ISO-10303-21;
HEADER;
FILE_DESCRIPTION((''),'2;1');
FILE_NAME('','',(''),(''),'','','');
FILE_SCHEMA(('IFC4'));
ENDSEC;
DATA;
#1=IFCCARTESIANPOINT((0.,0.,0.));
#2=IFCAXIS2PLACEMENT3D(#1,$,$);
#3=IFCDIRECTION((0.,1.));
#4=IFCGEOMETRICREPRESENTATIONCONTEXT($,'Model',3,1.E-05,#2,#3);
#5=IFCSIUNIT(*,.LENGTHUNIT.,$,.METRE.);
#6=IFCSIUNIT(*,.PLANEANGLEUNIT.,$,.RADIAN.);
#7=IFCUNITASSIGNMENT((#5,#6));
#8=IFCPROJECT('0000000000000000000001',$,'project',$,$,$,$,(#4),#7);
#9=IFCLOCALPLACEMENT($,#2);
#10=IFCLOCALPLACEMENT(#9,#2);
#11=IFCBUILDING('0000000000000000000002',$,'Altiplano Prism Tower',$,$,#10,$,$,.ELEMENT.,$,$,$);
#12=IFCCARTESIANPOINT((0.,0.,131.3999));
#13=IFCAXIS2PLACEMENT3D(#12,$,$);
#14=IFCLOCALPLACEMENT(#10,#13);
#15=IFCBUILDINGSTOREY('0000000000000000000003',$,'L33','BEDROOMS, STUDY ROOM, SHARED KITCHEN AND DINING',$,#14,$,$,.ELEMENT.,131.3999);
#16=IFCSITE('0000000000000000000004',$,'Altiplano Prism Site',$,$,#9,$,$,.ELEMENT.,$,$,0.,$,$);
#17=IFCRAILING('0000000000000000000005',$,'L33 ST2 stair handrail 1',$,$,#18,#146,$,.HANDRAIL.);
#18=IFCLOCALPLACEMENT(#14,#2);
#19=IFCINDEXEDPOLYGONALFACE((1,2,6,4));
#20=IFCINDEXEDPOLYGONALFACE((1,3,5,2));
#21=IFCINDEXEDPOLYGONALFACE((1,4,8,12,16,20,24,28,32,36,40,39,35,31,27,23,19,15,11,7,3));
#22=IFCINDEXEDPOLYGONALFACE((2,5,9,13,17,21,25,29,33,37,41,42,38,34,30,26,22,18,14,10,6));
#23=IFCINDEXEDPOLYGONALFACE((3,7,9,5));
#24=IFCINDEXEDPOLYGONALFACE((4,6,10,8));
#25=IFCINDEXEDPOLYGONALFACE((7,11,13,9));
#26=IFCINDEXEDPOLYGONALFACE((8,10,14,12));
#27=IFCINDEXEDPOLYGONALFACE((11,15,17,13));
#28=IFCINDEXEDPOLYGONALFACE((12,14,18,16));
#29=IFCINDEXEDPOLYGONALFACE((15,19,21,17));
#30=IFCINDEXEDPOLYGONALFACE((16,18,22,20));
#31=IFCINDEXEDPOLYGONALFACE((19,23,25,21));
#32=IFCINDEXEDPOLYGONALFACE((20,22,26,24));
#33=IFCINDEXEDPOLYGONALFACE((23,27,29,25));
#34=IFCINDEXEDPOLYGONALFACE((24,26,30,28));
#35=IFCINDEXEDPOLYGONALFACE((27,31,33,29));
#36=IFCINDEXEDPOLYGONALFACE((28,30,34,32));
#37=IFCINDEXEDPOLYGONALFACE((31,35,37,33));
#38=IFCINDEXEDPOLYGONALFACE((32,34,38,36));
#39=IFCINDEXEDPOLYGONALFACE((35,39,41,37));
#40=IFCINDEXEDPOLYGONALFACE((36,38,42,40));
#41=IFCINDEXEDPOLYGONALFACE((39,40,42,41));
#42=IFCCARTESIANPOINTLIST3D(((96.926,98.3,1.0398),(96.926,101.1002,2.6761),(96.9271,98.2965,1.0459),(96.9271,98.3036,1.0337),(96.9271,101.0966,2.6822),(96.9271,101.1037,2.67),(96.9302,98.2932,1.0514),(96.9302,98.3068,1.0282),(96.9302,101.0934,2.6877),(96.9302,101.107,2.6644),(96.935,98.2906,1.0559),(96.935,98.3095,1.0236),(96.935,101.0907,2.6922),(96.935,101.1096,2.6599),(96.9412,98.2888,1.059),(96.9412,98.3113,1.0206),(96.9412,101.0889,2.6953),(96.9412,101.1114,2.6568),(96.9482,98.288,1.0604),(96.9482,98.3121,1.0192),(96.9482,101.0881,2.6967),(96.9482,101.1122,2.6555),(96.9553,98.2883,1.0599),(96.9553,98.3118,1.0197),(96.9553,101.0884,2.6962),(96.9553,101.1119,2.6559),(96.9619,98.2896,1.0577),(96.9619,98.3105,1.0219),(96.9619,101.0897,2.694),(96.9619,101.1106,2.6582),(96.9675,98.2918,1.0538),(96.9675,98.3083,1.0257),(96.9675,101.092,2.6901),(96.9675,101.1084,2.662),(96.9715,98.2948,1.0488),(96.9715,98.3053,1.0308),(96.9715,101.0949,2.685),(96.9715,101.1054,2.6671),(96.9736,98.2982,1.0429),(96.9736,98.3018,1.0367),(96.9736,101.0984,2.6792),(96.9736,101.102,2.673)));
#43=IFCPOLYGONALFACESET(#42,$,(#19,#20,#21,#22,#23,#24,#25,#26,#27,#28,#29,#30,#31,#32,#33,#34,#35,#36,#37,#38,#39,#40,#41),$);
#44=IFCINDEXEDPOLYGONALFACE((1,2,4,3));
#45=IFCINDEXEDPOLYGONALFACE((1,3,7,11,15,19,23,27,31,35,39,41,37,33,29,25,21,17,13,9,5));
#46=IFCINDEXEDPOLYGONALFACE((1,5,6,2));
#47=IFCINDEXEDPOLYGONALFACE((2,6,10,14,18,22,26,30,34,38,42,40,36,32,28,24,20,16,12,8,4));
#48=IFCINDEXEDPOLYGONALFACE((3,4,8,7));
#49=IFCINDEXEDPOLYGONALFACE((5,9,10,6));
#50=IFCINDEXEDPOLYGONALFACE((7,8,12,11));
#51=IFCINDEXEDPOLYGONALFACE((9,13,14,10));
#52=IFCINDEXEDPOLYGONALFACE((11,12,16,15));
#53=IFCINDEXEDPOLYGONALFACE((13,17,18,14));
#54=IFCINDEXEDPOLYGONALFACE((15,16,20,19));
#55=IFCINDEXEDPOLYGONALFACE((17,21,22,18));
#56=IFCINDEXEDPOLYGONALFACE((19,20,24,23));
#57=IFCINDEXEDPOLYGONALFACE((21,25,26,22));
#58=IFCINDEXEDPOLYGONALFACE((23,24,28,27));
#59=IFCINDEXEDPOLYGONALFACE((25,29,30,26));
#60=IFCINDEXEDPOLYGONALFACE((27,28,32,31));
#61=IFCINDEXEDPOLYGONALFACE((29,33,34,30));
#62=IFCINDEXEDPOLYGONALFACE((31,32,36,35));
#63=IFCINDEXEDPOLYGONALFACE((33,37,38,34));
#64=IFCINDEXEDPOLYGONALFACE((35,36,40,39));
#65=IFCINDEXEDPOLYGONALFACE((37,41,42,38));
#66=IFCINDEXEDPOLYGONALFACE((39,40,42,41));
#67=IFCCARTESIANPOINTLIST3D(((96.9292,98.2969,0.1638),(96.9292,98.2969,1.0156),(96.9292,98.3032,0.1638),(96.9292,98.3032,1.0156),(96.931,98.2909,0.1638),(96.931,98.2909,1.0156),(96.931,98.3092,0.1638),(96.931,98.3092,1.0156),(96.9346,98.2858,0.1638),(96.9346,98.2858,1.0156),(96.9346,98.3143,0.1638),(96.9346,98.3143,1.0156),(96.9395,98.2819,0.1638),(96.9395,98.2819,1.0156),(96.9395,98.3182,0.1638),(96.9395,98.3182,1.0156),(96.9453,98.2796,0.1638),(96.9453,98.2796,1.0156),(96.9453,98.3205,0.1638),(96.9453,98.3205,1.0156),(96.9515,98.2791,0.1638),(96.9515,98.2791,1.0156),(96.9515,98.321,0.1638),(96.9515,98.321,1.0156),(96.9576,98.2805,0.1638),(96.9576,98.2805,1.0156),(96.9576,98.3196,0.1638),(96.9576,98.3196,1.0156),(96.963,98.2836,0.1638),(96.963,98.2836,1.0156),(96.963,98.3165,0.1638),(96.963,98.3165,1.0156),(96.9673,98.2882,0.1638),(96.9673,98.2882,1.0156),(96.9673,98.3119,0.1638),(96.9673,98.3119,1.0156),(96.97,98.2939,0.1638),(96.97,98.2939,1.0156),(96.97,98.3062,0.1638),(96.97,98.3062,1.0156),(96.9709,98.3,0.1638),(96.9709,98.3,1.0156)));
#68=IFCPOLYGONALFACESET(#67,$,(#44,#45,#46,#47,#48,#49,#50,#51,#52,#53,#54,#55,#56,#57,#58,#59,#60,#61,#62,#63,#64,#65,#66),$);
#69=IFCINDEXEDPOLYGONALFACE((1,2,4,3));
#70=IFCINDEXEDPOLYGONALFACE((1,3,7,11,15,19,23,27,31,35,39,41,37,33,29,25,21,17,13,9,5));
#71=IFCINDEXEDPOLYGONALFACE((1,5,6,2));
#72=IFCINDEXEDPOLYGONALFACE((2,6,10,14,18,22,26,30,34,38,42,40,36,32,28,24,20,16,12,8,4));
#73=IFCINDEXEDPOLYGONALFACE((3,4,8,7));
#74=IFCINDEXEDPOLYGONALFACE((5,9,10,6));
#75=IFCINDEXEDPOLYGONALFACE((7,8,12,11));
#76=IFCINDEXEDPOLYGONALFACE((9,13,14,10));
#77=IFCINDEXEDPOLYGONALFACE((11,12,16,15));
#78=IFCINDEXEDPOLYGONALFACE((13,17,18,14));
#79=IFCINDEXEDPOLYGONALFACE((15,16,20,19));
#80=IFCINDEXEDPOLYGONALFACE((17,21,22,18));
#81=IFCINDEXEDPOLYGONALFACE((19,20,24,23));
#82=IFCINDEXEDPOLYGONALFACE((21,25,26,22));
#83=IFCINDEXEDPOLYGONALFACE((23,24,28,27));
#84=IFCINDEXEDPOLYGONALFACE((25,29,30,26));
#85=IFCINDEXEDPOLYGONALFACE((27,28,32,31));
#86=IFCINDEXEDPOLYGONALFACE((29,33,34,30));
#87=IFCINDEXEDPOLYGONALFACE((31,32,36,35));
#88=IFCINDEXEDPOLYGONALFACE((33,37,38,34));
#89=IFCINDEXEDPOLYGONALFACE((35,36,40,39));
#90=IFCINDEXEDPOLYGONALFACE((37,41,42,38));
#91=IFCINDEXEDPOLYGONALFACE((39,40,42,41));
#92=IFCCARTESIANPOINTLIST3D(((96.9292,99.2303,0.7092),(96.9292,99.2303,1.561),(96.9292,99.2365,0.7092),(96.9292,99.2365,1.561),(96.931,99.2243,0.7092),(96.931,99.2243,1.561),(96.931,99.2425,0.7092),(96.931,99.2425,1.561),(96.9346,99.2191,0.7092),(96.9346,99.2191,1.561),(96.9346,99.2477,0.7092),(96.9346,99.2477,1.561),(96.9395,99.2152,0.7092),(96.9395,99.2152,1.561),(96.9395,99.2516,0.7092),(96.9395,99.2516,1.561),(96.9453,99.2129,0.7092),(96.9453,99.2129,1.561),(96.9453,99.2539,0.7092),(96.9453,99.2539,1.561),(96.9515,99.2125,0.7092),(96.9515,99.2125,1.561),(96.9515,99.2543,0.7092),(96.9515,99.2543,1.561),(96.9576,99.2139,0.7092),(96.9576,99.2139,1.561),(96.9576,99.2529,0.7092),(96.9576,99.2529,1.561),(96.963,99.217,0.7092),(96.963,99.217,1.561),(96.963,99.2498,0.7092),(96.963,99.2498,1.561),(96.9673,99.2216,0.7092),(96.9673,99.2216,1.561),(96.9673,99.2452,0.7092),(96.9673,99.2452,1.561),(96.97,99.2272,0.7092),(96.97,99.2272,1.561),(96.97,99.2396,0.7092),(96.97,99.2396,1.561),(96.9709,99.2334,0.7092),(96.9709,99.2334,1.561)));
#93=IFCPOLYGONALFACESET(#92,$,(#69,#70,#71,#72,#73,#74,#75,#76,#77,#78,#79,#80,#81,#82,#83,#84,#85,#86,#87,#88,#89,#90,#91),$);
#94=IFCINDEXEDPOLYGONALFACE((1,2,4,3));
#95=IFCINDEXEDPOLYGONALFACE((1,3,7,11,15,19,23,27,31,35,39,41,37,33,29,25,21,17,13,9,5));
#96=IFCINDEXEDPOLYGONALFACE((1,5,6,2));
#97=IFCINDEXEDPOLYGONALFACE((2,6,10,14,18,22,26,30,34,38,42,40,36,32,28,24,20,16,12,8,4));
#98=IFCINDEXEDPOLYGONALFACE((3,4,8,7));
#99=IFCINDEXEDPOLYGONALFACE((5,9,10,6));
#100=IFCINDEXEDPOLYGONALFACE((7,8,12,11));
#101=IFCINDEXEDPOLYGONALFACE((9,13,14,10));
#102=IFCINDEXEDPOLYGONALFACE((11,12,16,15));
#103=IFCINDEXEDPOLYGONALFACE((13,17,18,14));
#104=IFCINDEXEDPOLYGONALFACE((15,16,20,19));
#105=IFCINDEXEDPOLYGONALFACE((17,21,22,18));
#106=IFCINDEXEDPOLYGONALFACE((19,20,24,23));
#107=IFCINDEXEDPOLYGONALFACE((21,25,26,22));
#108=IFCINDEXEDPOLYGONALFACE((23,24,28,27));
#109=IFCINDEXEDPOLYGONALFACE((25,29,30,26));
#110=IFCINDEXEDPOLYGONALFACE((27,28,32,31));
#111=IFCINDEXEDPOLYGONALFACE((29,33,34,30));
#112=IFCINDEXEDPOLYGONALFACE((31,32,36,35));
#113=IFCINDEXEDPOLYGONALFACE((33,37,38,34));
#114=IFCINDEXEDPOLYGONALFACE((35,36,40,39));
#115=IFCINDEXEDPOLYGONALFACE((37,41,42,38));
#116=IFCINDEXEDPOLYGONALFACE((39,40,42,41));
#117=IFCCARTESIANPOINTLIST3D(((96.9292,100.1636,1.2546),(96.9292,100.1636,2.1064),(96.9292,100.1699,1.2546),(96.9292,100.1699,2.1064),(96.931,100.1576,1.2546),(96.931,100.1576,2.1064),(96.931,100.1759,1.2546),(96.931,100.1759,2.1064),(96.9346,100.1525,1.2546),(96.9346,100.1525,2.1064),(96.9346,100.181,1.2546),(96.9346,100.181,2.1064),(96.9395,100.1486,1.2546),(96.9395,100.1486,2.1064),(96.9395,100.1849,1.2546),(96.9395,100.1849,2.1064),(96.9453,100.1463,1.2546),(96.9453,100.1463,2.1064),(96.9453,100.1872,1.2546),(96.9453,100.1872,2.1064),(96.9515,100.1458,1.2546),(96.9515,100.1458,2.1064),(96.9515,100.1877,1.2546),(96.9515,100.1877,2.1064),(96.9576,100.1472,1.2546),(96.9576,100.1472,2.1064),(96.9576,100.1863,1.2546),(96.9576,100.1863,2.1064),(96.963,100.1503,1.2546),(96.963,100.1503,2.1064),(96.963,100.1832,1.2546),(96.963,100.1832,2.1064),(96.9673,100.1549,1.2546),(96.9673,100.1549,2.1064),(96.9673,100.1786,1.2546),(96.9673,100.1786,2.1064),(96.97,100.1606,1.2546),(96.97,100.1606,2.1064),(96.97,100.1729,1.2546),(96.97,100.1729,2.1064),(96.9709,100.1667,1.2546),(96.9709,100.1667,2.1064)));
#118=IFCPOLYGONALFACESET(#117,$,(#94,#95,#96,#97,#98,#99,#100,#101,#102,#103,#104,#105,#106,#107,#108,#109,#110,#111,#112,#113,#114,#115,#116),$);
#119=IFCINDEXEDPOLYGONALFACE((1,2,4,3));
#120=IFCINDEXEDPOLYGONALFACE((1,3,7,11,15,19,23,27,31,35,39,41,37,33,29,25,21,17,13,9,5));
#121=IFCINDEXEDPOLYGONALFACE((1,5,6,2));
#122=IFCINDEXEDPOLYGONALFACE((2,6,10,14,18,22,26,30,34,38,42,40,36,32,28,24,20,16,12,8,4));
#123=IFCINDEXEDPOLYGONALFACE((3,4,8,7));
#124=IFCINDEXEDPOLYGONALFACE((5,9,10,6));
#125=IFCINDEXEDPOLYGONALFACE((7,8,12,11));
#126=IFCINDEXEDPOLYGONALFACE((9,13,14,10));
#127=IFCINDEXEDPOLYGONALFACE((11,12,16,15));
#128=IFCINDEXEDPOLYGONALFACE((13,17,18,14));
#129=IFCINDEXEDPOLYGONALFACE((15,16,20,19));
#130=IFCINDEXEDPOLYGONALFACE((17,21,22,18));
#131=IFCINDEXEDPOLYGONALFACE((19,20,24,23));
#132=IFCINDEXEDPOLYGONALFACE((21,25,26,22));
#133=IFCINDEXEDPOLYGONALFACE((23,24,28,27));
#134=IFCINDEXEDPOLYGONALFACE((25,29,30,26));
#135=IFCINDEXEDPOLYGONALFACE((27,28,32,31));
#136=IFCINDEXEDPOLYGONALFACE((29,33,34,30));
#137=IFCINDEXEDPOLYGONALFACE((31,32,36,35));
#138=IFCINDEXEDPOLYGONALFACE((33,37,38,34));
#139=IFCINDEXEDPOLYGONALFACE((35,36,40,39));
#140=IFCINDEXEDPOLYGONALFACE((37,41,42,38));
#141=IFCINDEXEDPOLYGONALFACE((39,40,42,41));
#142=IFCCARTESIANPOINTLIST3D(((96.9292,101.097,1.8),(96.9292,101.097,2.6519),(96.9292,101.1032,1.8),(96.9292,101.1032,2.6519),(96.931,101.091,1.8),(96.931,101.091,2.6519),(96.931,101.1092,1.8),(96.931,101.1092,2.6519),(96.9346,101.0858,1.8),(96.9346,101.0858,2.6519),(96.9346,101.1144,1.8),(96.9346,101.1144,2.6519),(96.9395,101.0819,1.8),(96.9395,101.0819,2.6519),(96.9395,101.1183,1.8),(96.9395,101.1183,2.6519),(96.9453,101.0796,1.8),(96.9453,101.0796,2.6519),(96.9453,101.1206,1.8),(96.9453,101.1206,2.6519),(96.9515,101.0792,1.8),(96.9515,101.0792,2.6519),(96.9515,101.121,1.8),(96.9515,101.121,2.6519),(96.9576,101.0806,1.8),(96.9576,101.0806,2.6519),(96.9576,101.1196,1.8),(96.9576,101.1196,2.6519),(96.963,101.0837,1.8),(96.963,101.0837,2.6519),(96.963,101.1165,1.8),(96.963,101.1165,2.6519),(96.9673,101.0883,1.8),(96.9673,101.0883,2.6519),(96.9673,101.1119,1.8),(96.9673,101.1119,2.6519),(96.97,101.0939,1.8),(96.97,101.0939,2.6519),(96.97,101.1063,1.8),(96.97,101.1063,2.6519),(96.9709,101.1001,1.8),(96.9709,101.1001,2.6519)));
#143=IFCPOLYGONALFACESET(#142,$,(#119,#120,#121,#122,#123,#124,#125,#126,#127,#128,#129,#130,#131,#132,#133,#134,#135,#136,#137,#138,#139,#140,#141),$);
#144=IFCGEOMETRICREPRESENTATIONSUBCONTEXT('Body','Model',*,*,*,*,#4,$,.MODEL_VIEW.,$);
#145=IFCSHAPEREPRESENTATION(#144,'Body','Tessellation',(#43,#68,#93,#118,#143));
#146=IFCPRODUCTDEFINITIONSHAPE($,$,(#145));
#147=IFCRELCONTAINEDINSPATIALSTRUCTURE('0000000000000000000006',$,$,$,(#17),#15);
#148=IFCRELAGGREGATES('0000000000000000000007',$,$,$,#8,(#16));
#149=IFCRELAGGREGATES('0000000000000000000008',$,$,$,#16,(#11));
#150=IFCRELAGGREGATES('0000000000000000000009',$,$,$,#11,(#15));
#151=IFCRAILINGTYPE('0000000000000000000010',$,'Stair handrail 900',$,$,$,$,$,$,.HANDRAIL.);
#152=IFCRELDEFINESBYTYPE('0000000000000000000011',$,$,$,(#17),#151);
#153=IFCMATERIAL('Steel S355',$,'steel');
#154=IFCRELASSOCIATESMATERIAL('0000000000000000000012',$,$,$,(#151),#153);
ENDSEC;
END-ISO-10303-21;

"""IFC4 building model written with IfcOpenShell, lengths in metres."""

from ifc_helpers import new_model, si_unit, direction, frame, origin, origin_2d, place, context, subcontext, project, spatial, circle, extrude, material, type_object, element, save


model = new_model("IFC4")

# Units and contexts
model_context = context("Model", 3, precision=1e-05, world=origin(), true_north=direction((0.0, 1.0)))
body_context = subcontext(model_context, "Body", "Model", "MODEL_VIEW")
ifc_project = project(units=[si_unit("LENGTHUNIT", "METRE"), si_unit("PLANEANGLEUNIT", "RADIAN")], contexts=[model_context])

# Site, building, storey
site_placement = place(None, origin())
site = spatial("IfcSite", under=ifc_project, at=site_placement, Name="Altiplano Prism Site", CompositionType="ELEMENT", RefElevation=0.0)
building_placement = place(site_placement, origin())
building = spatial("IfcBuilding", under=site, at=building_placement, Name="Altiplano Prism Tower", CompositionType="ELEMENT")
storey_placement = place(building_placement, frame((0.0, 0.0, 131.3999)))
storey = spatial("IfcBuildingStorey", under=building, at=storey_placement, Name="L33", Description="BEDROOMS, STUDY ROOM, SHARED KITCHEN AND DINING", CompositionType="ELEMENT", Elevation=131.3999)

# Railing
ifc_material_1 = material(Name="Steel S355", Category="steel")
railing_type_1 = type_object("IfcRailingType", Name="Stair handrail 900", PredefinedType="HANDRAIL", material=ifc_material_1)
railing_1_placement = place(storey_placement, frame((96.95, 98.3, 0.1638)))
element("IfcRailing", 1, at=railing_1_placement, inside=storey, type_object=railing_type_1, Name="L33 ST2 stair handrail 1", PredefinedType="HANDRAIL", context=body_context, shape_type="SweptSolid", body=[
    extrude(circle(Radius=0.0239, at=origin_2d()), frame((0.0, 0.0, 0.876), z_axis=(0.0, 0.863394, 0.504531), x_axis=(-1.0, 0.0, 0.0)), (0.0, 0.0, 1.0), 3.2432),
    extrude(circle(Radius=0.021, at=origin_2d()), origin(), (0.0, 0.0, 1.0), 0.8518),
    extrude(circle(Radius=0.021, at=origin_2d()), frame((0.0, 0.9333, 0.5454)), (0.0, 0.0, 1.0), 0.8518),
    extrude(circle(Radius=0.021, at=origin_2d()), frame((0.0, 1.8667, 1.0908)), (0.0, 0.0, 1.0), 0.8518),
    extrude(circle(Radius=0.021, at=origin_2d()), frame((0.0, 2.8, 1.6362)), (0.0, 0.0, 1.0), 0.8518),
])

save(model, "model.ifc")
